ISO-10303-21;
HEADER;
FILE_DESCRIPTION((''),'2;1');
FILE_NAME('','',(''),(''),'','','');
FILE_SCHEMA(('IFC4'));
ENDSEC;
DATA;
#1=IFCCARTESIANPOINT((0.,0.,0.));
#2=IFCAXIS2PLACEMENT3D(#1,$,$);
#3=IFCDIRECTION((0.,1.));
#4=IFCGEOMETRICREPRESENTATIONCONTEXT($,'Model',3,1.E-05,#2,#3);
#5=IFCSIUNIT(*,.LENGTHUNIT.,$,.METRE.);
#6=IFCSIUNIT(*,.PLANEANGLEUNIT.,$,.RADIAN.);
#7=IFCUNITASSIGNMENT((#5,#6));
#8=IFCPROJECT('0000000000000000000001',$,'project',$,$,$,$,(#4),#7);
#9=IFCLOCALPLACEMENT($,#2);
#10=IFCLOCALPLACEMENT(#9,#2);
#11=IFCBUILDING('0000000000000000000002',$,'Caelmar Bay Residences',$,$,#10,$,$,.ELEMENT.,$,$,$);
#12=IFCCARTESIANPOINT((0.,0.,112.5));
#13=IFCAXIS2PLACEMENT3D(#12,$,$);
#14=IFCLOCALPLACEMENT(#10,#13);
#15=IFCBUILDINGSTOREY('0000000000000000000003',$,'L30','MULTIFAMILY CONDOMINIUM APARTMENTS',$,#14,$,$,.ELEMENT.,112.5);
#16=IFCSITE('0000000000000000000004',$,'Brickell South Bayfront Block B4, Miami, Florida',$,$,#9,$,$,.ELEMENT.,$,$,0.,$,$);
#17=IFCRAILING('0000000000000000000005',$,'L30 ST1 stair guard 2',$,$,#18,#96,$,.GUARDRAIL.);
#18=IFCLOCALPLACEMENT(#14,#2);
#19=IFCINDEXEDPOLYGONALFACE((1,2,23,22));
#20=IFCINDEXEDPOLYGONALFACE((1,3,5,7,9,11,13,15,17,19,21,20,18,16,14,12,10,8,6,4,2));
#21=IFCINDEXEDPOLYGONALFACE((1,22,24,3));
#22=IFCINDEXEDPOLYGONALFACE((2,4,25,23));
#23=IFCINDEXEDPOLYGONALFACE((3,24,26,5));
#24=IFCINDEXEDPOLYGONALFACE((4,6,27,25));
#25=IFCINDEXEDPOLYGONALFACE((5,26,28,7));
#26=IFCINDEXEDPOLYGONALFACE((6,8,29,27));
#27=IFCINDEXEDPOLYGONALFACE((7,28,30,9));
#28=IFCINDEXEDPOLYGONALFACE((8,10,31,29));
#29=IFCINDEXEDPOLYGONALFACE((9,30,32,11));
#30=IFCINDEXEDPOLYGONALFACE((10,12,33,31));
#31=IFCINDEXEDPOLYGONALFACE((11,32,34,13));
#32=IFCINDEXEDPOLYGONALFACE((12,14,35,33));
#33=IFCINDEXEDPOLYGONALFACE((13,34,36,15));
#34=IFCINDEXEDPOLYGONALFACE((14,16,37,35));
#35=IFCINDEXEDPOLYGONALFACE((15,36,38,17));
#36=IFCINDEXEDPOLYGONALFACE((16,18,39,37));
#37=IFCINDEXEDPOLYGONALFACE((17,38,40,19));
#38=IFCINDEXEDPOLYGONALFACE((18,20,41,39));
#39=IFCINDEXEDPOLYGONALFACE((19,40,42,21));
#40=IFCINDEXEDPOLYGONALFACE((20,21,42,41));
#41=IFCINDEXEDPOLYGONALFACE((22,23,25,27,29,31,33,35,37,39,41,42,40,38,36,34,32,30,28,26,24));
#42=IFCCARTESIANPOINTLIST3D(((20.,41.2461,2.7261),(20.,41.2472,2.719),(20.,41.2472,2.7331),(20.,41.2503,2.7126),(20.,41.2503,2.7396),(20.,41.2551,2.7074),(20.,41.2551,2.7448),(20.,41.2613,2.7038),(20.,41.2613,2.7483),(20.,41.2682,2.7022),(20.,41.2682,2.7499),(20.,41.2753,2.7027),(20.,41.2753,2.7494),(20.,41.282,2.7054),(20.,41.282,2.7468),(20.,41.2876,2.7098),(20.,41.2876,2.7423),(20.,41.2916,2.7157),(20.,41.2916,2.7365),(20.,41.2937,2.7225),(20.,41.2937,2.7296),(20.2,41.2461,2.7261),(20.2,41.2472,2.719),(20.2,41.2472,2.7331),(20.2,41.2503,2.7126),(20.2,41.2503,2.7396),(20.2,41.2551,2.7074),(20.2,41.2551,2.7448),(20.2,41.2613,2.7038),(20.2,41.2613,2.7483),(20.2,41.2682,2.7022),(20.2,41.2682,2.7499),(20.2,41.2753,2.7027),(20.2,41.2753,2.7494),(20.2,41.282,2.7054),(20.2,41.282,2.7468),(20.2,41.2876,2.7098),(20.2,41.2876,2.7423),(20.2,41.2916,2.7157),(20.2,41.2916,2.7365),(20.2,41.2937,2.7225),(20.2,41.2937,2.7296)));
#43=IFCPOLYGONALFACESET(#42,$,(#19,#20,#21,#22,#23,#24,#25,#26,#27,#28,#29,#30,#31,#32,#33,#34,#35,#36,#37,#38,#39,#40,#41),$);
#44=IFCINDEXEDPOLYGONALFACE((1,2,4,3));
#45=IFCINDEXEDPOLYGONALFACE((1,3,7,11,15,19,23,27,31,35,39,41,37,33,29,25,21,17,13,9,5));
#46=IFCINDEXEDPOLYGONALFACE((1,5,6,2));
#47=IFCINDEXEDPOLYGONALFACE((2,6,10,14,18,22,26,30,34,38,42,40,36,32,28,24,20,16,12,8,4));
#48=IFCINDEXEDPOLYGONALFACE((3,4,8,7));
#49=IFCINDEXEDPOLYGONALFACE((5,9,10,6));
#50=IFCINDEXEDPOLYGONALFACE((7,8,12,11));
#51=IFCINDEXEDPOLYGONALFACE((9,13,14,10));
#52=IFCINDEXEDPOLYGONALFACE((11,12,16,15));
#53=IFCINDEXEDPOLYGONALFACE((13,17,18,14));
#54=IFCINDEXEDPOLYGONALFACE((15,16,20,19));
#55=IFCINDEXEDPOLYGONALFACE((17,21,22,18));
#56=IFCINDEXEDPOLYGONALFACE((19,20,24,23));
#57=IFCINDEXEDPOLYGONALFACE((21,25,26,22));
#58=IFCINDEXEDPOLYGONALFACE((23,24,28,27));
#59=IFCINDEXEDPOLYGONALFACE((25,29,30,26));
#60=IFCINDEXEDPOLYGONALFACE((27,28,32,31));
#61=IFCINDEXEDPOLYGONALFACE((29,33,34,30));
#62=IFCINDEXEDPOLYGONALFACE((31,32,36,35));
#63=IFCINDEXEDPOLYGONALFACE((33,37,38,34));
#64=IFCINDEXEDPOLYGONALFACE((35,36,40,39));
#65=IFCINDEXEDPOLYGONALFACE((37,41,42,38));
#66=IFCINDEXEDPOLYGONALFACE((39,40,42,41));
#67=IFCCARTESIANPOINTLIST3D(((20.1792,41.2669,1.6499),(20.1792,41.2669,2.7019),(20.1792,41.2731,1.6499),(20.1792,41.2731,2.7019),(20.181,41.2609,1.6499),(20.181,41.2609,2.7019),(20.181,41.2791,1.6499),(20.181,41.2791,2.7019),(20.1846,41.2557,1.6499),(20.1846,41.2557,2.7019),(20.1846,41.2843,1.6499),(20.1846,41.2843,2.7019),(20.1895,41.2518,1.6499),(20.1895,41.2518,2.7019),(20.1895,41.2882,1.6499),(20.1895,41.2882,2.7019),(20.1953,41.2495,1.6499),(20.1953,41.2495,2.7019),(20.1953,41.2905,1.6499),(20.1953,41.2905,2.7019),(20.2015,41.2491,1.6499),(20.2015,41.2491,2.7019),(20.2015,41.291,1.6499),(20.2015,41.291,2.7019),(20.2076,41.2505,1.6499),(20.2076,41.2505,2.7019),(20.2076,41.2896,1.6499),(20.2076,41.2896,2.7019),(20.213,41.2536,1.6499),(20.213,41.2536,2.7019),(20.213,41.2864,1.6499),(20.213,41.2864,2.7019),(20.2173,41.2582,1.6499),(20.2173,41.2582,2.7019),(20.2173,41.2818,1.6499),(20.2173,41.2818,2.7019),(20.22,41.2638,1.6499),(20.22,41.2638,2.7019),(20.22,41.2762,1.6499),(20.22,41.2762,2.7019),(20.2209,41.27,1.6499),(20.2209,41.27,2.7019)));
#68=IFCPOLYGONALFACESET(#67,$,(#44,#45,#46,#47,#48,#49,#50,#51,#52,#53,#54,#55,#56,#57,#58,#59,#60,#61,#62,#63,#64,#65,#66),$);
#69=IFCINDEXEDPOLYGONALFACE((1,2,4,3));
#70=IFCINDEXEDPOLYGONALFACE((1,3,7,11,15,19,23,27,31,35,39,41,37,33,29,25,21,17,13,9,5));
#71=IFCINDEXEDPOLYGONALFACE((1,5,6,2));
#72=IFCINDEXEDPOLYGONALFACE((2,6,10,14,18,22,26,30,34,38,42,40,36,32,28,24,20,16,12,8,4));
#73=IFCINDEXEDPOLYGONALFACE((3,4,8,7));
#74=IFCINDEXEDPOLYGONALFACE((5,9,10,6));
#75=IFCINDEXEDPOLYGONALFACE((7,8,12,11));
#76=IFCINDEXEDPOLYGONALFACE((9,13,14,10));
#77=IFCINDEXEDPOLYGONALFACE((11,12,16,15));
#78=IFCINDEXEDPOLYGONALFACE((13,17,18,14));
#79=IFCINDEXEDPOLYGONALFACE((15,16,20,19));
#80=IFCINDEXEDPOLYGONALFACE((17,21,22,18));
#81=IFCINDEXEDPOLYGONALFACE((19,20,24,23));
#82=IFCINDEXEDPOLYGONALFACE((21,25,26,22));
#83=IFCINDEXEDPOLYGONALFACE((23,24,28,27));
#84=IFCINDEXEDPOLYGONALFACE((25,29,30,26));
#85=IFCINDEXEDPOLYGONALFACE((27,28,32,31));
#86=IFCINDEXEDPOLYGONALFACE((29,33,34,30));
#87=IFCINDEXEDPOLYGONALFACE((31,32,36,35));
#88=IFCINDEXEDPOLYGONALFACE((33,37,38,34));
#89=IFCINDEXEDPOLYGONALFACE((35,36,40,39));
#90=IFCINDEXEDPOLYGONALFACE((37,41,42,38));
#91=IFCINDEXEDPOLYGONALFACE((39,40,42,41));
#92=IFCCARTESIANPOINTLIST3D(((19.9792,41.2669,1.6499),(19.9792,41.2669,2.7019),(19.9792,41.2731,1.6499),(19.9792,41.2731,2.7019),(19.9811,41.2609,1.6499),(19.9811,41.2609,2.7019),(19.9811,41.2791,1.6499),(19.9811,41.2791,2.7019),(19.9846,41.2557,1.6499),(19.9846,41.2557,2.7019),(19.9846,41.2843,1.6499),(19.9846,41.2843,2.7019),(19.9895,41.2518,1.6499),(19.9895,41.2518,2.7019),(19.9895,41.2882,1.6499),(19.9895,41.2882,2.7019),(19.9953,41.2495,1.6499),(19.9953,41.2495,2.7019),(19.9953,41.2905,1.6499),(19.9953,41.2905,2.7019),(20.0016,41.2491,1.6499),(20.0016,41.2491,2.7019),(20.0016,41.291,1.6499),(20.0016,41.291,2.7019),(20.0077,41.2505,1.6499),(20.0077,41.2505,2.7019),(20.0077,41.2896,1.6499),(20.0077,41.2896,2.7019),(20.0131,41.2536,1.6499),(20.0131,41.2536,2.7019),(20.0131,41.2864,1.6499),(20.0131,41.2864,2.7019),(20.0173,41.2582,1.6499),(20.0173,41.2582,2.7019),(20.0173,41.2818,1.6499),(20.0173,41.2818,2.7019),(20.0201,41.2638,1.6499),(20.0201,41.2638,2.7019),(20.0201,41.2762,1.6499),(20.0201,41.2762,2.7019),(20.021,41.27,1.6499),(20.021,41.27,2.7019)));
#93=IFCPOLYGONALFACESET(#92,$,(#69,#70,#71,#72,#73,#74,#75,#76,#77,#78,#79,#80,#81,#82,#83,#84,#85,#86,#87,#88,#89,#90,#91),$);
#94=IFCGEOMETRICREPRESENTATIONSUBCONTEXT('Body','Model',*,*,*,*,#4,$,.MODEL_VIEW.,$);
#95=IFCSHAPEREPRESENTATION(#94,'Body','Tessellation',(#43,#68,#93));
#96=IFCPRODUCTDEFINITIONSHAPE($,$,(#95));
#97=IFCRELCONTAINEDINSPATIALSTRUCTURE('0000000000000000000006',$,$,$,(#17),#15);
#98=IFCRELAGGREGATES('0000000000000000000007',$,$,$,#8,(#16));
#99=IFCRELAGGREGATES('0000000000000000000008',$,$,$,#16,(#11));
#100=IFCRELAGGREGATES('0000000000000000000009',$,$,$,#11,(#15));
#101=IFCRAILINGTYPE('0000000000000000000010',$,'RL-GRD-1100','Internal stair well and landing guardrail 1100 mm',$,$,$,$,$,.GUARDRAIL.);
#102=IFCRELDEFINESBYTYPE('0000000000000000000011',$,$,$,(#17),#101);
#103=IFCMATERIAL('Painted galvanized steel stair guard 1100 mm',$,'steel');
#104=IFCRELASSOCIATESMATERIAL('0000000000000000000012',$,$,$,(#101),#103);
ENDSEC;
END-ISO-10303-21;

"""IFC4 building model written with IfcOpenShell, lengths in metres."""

from ifc_helpers import new_model, si_unit, direction, frame, origin, origin_2d, place, context, subcontext, project, spatial, circle, extrude, material, type_object, element, save


model = new_model("IFC4")

# Units and contexts
model_context = context("Model", 3, precision=1e-05, world=origin(), true_north=direction((0.0, 1.0)))
body_context = subcontext(model_context, "Body", "Model", "MODEL_VIEW")
ifc_project = project(units=[si_unit("LENGTHUNIT", "METRE"), si_unit("PLANEANGLEUNIT", "RADIAN")], contexts=[model_context])

# Site, building, storey
site_placement = place(None, origin())
site = spatial("IfcSite", under=ifc_project, at=site_placement, Name="Brickell South Bayfront Block B4, Miami, Florida", CompositionType="ELEMENT", RefElevation=0.0)
building_placement = place(site_placement, origin())
building = spatial("IfcBuilding", under=site, at=building_placement, Name="Caelmar Bay Residences", CompositionType="ELEMENT")
storey_placement = place(building_placement, frame((0.0, 0.0, 112.5)))
storey = spatial("IfcBuildingStorey", under=building, at=storey_placement, Name="L30", Description="MULTIFAMILY CONDOMINIUM APARTMENTS", CompositionType="ELEMENT", Elevation=112.5)

# Railing
ifc_material_1 = material(Name="Painted galvanized steel stair guard 1100 mm", Category="steel")
railing_type_1 = type_object("IfcRailingType", Name="RL-GRD-1100", Description="Internal stair well and landing guardrail 1100 mm", PredefinedType="GUARDRAIL", material=ifc_material_1)
railing_1_placement = place(storey_placement, frame((20.2, 41.27, 1.6499)))
element("IfcRailing", 1, at=railing_1_placement, inside=storey, type_object=railing_type_1, Name="L30 ST1 stair guard 2", PredefinedType="GUARDRAIL", context=body_context, shape_type="SweptSolid", body=[
    extrude(circle(Radius=0.0239, at=origin_2d()), frame((0.0, 0.0, 1.0762), z_axis=(-1.0, 0.0, 0.0), x_axis=(0.0, -1.0, 0.0)), (0.0, 0.0, 1.0), 0.2),
    extrude(circle(Radius=0.021, at=origin_2d()), origin(), (0.0, 0.0, 1.0), 1.052),
    extrude(circle(Radius=0.021, at=origin_2d()), frame((-0.2, 0.0, 0.0)), (0.0, 0.0, 1.0), 1.052),
])

save(model, "model.ifc")
